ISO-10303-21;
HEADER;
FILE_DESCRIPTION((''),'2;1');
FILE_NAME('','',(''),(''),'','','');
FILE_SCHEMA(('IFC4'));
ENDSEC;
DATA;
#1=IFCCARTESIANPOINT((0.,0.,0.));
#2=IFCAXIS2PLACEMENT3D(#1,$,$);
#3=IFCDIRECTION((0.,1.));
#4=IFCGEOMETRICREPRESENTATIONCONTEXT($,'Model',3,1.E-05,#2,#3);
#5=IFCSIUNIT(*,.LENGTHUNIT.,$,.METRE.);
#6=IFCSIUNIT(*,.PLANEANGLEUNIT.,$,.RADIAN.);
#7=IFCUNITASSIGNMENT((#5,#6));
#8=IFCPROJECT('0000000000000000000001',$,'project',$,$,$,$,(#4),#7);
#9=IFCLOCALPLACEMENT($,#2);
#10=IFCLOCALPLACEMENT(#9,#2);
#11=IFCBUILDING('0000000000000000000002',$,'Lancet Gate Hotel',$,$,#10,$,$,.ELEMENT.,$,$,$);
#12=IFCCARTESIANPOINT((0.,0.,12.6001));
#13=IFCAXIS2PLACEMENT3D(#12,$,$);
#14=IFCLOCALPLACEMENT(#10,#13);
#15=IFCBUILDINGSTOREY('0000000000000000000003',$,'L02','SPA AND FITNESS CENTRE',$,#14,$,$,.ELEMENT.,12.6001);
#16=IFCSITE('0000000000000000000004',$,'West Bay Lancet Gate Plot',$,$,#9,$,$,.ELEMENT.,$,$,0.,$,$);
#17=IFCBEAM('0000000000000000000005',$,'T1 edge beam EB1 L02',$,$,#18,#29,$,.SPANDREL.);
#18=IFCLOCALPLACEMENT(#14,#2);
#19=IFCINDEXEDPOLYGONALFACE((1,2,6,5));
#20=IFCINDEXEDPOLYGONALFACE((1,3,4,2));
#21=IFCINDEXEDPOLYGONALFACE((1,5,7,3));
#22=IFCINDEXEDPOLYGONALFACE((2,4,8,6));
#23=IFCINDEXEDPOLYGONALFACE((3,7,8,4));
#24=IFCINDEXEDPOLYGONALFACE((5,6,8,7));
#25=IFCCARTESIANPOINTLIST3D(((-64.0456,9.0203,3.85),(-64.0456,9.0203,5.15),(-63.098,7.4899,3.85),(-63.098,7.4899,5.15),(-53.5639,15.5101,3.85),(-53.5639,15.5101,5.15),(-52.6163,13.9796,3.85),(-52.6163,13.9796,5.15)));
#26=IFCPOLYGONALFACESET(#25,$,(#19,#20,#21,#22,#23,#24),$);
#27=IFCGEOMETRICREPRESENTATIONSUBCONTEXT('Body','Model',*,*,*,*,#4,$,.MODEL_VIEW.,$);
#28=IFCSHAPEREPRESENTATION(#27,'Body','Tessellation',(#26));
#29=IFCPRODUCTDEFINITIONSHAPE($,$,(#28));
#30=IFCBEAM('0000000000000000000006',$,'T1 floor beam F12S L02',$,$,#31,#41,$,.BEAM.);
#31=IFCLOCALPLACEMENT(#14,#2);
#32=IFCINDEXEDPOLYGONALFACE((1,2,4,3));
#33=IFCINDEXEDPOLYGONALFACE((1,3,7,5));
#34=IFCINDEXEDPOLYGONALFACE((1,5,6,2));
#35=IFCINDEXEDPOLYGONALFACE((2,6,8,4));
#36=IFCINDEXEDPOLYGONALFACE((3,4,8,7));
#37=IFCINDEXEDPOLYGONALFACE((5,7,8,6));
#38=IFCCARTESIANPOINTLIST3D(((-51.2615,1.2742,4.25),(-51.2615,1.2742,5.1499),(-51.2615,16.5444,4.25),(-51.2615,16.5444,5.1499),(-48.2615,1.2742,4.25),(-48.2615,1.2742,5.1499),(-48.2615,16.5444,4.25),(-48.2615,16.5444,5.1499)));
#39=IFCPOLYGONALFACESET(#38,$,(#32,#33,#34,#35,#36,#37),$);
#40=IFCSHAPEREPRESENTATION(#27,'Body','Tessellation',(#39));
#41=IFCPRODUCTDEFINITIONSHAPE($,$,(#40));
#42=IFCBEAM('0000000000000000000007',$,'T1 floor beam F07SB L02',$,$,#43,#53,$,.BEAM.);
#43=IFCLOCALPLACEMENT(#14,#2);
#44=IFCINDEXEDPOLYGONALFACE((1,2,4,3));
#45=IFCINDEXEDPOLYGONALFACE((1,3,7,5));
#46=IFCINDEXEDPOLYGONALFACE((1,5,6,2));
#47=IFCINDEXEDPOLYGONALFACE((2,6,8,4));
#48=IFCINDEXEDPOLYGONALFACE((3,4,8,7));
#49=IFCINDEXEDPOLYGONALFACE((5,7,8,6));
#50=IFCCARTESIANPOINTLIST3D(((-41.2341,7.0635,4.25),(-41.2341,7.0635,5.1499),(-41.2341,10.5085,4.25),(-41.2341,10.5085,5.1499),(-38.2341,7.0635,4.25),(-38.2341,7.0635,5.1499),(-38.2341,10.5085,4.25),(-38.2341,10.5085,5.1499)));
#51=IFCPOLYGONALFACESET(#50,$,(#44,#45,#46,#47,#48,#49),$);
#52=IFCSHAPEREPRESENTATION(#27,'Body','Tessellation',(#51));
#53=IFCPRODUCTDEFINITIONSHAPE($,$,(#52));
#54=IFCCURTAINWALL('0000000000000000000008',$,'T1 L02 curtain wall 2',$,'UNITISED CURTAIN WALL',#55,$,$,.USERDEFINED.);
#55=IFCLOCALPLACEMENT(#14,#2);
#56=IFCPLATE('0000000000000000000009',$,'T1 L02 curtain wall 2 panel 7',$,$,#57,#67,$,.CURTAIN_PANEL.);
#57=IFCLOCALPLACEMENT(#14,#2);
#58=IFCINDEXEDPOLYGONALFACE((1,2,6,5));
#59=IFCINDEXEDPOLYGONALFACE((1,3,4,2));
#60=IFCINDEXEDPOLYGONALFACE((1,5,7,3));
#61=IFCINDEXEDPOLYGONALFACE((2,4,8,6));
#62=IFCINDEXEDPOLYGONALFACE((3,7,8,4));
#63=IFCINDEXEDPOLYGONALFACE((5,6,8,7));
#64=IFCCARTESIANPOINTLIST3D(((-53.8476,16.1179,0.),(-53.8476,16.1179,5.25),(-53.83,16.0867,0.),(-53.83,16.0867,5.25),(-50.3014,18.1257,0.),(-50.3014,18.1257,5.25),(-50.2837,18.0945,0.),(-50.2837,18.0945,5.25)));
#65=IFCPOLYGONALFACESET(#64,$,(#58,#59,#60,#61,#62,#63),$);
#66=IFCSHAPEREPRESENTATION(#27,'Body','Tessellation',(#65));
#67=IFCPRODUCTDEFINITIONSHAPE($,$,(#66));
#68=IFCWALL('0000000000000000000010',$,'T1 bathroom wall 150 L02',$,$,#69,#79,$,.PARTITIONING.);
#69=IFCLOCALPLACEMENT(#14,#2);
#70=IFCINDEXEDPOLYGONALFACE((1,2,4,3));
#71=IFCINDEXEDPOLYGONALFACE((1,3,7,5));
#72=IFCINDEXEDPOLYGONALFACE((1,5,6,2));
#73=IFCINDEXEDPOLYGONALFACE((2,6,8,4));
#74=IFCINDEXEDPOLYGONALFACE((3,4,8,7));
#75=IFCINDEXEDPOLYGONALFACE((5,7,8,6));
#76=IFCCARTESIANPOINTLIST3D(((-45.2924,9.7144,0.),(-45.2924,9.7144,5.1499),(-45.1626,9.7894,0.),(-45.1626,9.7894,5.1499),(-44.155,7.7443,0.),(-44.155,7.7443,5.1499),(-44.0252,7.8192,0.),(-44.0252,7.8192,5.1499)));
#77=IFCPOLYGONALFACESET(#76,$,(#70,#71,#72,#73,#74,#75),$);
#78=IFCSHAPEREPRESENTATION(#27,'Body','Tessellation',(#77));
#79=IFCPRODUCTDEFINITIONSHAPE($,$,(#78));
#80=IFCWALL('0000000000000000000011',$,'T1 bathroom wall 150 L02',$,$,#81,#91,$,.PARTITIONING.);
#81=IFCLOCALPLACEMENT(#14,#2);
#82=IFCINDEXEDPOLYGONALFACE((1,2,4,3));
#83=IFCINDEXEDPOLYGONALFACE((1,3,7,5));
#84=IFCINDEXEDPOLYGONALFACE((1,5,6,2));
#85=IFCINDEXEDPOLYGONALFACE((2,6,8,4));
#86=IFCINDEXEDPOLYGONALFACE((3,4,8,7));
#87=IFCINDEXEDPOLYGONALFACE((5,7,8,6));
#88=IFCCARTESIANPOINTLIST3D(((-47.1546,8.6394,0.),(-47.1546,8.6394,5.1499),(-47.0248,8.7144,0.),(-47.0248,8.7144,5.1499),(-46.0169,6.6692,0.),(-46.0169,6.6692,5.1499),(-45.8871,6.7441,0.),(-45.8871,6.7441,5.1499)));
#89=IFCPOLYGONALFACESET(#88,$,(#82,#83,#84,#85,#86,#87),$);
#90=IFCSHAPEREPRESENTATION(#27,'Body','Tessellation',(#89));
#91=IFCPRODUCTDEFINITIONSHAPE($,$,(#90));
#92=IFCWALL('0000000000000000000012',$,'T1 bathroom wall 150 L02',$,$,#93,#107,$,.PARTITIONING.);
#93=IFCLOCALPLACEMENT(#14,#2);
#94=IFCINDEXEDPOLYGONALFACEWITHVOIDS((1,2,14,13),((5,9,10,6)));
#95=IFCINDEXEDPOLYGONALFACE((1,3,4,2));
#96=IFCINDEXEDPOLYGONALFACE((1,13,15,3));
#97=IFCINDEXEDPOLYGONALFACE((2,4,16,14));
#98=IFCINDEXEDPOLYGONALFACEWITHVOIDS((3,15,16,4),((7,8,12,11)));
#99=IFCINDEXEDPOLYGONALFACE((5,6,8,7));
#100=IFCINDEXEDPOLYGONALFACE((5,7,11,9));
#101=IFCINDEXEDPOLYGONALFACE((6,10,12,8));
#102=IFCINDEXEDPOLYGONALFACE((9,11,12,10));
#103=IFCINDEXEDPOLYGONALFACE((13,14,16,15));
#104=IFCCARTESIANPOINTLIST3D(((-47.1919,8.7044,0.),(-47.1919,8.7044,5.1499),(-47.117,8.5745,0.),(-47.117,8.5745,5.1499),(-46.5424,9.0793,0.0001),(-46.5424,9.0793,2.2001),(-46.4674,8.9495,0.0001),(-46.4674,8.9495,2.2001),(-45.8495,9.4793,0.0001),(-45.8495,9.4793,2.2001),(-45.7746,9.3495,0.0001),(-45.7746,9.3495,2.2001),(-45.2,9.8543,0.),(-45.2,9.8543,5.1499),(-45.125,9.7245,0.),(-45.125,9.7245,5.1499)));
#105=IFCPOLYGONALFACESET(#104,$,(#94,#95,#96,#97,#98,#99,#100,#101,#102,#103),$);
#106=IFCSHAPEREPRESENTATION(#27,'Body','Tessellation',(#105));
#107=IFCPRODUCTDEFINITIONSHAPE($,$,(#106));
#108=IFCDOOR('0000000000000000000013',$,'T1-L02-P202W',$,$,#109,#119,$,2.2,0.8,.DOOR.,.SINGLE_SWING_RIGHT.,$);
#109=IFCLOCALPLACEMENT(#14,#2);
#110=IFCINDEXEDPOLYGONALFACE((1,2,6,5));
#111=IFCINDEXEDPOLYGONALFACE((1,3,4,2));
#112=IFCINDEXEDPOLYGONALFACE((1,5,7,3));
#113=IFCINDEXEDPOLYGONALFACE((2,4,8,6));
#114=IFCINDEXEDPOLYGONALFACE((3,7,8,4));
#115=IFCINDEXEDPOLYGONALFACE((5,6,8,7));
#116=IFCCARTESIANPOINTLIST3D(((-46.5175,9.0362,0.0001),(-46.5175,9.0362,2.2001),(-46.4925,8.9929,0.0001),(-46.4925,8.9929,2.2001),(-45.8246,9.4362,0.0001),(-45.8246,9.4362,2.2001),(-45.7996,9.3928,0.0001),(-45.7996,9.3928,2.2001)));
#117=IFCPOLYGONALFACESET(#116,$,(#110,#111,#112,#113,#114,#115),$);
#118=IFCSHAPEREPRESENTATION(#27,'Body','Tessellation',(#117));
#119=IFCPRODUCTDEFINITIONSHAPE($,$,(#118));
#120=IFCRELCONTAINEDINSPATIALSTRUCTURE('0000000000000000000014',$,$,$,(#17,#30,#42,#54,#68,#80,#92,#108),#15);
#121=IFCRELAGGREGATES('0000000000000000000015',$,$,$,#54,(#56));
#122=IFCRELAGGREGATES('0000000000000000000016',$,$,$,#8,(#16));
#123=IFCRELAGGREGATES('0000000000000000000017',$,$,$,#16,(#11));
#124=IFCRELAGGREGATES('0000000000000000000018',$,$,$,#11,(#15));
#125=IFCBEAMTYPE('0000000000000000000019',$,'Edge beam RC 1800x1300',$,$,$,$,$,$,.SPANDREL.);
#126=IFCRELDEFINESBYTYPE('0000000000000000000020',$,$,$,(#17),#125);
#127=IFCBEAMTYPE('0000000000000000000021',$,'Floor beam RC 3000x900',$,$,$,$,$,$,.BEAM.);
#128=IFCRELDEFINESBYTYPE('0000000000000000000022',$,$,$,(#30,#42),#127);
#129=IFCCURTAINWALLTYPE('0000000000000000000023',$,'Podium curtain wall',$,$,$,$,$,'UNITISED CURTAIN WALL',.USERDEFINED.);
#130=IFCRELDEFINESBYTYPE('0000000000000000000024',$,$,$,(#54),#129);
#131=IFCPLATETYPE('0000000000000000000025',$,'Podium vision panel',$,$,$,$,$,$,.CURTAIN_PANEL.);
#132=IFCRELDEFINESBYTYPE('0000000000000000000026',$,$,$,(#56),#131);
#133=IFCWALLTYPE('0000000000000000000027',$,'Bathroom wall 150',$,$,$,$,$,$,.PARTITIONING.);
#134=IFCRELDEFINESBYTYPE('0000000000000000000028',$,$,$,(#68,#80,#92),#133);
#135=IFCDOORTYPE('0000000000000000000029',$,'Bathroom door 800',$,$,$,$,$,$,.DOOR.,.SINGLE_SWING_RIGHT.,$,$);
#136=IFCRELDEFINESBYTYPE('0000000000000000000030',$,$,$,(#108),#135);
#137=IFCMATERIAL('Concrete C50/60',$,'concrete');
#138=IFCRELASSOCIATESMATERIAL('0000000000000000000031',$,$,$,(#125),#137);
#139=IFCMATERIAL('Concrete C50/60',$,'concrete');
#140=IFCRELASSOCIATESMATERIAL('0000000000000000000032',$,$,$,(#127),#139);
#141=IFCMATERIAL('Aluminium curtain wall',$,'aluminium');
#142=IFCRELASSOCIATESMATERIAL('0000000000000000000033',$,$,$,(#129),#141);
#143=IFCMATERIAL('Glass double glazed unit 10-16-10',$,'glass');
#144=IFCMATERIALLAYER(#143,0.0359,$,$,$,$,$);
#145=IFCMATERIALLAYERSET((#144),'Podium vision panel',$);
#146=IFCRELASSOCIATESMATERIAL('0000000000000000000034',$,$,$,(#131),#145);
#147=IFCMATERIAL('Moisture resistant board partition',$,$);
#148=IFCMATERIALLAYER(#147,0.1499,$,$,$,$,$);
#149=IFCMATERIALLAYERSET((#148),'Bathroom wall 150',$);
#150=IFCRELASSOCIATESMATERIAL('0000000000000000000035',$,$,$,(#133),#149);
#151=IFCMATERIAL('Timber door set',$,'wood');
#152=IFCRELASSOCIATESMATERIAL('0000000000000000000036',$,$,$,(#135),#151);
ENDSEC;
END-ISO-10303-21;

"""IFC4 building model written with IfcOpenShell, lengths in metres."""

from ifc_helpers import new_model, si_unit, direction, frame, frame_2d, origin, origin_2d, place, context, subcontext, project, spatial, rectangle, extrude, material, layer, layer_set, material_profile, profile_set, type_object, element, fill, aggregate, save


model = new_model("IFC4")

# Units and contexts
model_context = context("Model", 3, precision=1e-05, world=origin(), true_north=direction((0.0, 1.0)))
body_context = subcontext(model_context, "Body", "Model", "MODEL_VIEW")
ifc_project = project(units=[si_unit("LENGTHUNIT", "METRE"), si_unit("PLANEANGLEUNIT", "RADIAN")], contexts=[model_context])

# Site, building, storey
site_placement = place(None, origin())
site = spatial("IfcSite", under=ifc_project, at=site_placement, Name="West Bay Lancet Gate Plot", CompositionType="ELEMENT", RefElevation=0.0)
building_placement = place(site_placement, origin())
building = spatial("IfcBuilding", under=site, at=building_placement, Name="Lancet Gate Hotel", CompositionType="ELEMENT")
storey_placement = place(building_placement, frame((0.0, 0.0, 12.6001)))
storey = spatial("IfcBuildingStorey", under=building, at=storey_placement, Name="L02", Description="SPA AND FITNESS CENTRE", CompositionType="ELEMENT", Elevation=12.6001)

# Beams
ifc_material_1 = material(Name="Concrete C50/60", Category="concrete")
ifc_material_profile_1 = material_profile(ifc_material_1, rectangle(XDim=1.8, YDim=1.3, at=origin_2d()), Name="RC 1800x1300")
ifc_profile_set_1 = profile_set([ifc_material_profile_1], Name="Concrete C50/60")
beam_type_1 = type_object("IfcBeamType", Name="Edge beam RC 1800x1300", PredefinedType="SPANDREL", material=ifc_profile_set_1)
beam_1_placement = place(storey_placement, frame((-53.0901, 14.7449, 4.5), z_axis=(-0.850226, -0.526418, 0.0), x_axis=(0.526418, -0.850226, 0.0)))
element("IfcBeam", 1, at=beam_1_placement, inside=storey, type_object=beam_type_1, Name="T1 edge beam EB1 L02", PredefinedType="SPANDREL", context=body_context, shape_type="SweptSolid", body=[
    extrude(rectangle(XDim=1.8, YDim=1.3, at=origin_2d()), origin(), (0.0, 0.0, 1.0), 12.3281),
])
ifc_material_2 = material(Name="Concrete C50/60", Category="concrete")
ifc_material_profile_2 = material_profile(ifc_material_2, rectangle(XDim=3.0, YDim=0.8999, at=origin_2d()), Name="RC 3000x900")
ifc_profile_set_2 = profile_set([ifc_material_profile_2], Name="Concrete C50/60")
beam_type_2 = type_object("IfcBeamType", Name="Floor beam RC 3000x900", PredefinedType="BEAM", material=ifc_profile_set_2)
beam_2_placement = place(storey_placement, frame((-49.7615, 16.5444, 4.7), z_axis=(0.0, -1.0, 0.0), x_axis=(1.0, 0.0, 0.0)))
element("IfcBeam", 2, at=beam_2_placement, inside=storey, type_object=beam_type_2, Name="T1 floor beam F12S L02", PredefinedType="BEAM", context=body_context, shape_type="SweptSolid", body=[
    extrude(rectangle(XDim=3.0, YDim=0.8999, at=origin_2d()), origin(), (0.0, 0.0, 1.0), 15.2703),
])
beam_3_placement = place(storey_placement, frame((-39.7341, 10.5085, 4.7), z_axis=(0.0, -1.0, 0.0), x_axis=(1.0, 0.0, 0.0)))
element("IfcBeam", 3, at=beam_3_placement, inside=storey, type_object=beam_type_2, Name="T1 floor beam F07SB L02", PredefinedType="BEAM", context=body_context, shape_type="SweptSolid", body=[
    extrude(rectangle(XDim=3.0, YDim=0.8999, at=origin_2d()), origin(), (0.0, 0.0, 1.0), 3.4451),
])

# Curtain wall, plate
ifc_material_3 = material(Name="Aluminium curtain wall", Category="aluminium")
curtain_wall_type = type_object("IfcCurtainWallType", Name="Podium curtain wall", ElementType="UNITISED CURTAIN WALL", PredefinedType="USERDEFINED", material=ifc_material_3)
curtain_wall_placement = place(storey_placement, origin())
curtain_wall = element("IfcCurtainWall", 4, at=curtain_wall_placement, inside=storey, type_object=curtain_wall_type, Name="T1 L02 curtain wall 2", ObjectType="UNITISED CURTAIN WALL", PredefinedType="USERDEFINED")
ifc_material_4 = material(Name="Glass double glazed unit 10-16-10", Category="glass")
ifc_layer_1 = layer(ifc_material_4, 0.0359)
ifc_layer_set_1 = layer_set([ifc_layer_1], Name="Podium vision panel")
plate_type = type_object("IfcPlateType", Name="Podium vision panel", PredefinedType="CURTAIN_PANEL", material=ifc_layer_set_1)
plate_placement = place(storey_placement, frame((-52.0657, 17.1062, 0.0), z_axis=(0.0, 0.0, 1.0), x_axis=(-0.870205, -0.49269, 0.0)))
plate = element("IfcPlate", 5, at=plate_placement, type_object=plate_type, Name="T1 L02 curtain wall 2 panel 7", PredefinedType="CURTAIN_PANEL", context=body_context, shape_type="SweptSolid", body=[
    extrude(rectangle(XDim=4.0752, YDim=0.0359, at=origin_2d()), origin(), (0.0, 0.0, 1.0), 5.25),
])
aggregate(curtain_wall, [plate])

# Walls
ifc_material_5 = material(Name="Moisture resistant board partition")
ifc_layer_2 = layer(ifc_material_5, 0.1499)
ifc_layer_set_2 = layer_set([ifc_layer_2], Name="Bathroom wall 150")
wall_type_1 = type_object("IfcWallType", Name="Bathroom wall 150", PredefinedType="PARTITIONING", material=ifc_layer_set_2)
wall_1_placement = place(storey_placement, frame((-44.0901, 7.7817, 0.0), z_axis=(0.0, 0.0, 1.0), x_axis=(-0.499983, 0.866035, 0.0)))
element("IfcWall", 6, at=wall_1_placement, inside=storey, type_object=wall_type_1, Name="T1 bathroom wall 150 L02", PredefinedType="PARTITIONING", context=body_context, shape_type="SweptSolid", body=[
    extrude(rectangle(XDim=2.2749, YDim=0.1499, at=frame_2d((1.1375, 0.0))), origin(), (0.0, 0.0, 1.0), 5.1499),
])
wall_2_placement = place(storey_placement, frame((-45.9519, 6.7065, 0.0), z_axis=(0.0, 0.0, 1.0), x_axis=(-0.500063, 0.865989, 0.0)))
element("IfcWall", 7, at=wall_2_placement, inside=storey, type_object=wall_type_1, Name="T1 bathroom wall 150 L02", PredefinedType="PARTITIONING", context=body_context, shape_type="SweptSolid", body=[
    extrude(rectangle(XDim=2.2751, YDim=0.1499, at=frame_2d((1.1377, 0.0))), origin(), (0.0, 0.0, 1.0), 5.1499),
])

# Wall, opening, door
wall_3_placement = place(storey_placement, frame((-45.1626, 9.7893, 0.0), z_axis=(0.0, 0.0, 1.0), x_axis=(-0.866053, -0.499952, 0.0)))
wall_3 = element("IfcWall", 8, at=wall_3_placement, inside=storey, type_object=wall_type_1, Name="T1 bathroom wall 150 L02", PredefinedType="PARTITIONING", context=body_context, shape_type="SweptSolid", body=[
    extrude(rectangle(XDim=2.3, YDim=0.1499, at=frame_2d((1.1499, 0.0))), origin(), (0.0, 0.0, 1.0), 5.1499),
])
opening_1_placement = place(wall_3_placement, frame((0.75, 0.0, 0.0)))
opening_1 = element("IfcOpeningElement", 9, at=opening_1_placement, cuts=wall_3, PredefinedType="OPENING", context=body_context, shape_type="SweptSolid", body=[
    extrude(rectangle(XDim=0.8, YDim=2.2, at=frame_2d((0.3999, 1.1001))), frame((0.0, 0.085, 0.0), z_axis=(0.0, -1.0, 0.0), x_axis=(1.0, 0.0, 0.0)), (0.0, 0.0, 1.0), 0.1699),
])
ifc_material_6 = material(Name="Timber door set", Category="wood")
door_type_1 = type_object("IfcDoorType", Name="Bathroom door 800", OperationType="SINGLE_SWING_RIGHT", PredefinedType="DOOR", material=ifc_material_6)
door_1_placement = place(opening_1_placement, origin())
door_1 = element("IfcDoor", 10, at=door_1_placement, inside=storey, type_object=door_type_1, Name="T1-L02-P202W", OperationType="SINGLE_SWING_RIGHT", OverallHeight=2.2, OverallWidth=0.8, PredefinedType="DOOR", context=body_context, shape_type="SweptSolid", body=[
    extrude(rectangle(XDim=0.8, YDim=2.2, at=frame_2d((0.3999, 1.1001))), frame((0.0, 0.0249, 0.0), z_axis=(0.0, -1.0, 0.0), x_axis=(1.0, 0.0, 0.0)), (0.0, 0.0, 1.0), 0.05),
])
fill(opening_1, door_1)

save(model, "model.ifc")
